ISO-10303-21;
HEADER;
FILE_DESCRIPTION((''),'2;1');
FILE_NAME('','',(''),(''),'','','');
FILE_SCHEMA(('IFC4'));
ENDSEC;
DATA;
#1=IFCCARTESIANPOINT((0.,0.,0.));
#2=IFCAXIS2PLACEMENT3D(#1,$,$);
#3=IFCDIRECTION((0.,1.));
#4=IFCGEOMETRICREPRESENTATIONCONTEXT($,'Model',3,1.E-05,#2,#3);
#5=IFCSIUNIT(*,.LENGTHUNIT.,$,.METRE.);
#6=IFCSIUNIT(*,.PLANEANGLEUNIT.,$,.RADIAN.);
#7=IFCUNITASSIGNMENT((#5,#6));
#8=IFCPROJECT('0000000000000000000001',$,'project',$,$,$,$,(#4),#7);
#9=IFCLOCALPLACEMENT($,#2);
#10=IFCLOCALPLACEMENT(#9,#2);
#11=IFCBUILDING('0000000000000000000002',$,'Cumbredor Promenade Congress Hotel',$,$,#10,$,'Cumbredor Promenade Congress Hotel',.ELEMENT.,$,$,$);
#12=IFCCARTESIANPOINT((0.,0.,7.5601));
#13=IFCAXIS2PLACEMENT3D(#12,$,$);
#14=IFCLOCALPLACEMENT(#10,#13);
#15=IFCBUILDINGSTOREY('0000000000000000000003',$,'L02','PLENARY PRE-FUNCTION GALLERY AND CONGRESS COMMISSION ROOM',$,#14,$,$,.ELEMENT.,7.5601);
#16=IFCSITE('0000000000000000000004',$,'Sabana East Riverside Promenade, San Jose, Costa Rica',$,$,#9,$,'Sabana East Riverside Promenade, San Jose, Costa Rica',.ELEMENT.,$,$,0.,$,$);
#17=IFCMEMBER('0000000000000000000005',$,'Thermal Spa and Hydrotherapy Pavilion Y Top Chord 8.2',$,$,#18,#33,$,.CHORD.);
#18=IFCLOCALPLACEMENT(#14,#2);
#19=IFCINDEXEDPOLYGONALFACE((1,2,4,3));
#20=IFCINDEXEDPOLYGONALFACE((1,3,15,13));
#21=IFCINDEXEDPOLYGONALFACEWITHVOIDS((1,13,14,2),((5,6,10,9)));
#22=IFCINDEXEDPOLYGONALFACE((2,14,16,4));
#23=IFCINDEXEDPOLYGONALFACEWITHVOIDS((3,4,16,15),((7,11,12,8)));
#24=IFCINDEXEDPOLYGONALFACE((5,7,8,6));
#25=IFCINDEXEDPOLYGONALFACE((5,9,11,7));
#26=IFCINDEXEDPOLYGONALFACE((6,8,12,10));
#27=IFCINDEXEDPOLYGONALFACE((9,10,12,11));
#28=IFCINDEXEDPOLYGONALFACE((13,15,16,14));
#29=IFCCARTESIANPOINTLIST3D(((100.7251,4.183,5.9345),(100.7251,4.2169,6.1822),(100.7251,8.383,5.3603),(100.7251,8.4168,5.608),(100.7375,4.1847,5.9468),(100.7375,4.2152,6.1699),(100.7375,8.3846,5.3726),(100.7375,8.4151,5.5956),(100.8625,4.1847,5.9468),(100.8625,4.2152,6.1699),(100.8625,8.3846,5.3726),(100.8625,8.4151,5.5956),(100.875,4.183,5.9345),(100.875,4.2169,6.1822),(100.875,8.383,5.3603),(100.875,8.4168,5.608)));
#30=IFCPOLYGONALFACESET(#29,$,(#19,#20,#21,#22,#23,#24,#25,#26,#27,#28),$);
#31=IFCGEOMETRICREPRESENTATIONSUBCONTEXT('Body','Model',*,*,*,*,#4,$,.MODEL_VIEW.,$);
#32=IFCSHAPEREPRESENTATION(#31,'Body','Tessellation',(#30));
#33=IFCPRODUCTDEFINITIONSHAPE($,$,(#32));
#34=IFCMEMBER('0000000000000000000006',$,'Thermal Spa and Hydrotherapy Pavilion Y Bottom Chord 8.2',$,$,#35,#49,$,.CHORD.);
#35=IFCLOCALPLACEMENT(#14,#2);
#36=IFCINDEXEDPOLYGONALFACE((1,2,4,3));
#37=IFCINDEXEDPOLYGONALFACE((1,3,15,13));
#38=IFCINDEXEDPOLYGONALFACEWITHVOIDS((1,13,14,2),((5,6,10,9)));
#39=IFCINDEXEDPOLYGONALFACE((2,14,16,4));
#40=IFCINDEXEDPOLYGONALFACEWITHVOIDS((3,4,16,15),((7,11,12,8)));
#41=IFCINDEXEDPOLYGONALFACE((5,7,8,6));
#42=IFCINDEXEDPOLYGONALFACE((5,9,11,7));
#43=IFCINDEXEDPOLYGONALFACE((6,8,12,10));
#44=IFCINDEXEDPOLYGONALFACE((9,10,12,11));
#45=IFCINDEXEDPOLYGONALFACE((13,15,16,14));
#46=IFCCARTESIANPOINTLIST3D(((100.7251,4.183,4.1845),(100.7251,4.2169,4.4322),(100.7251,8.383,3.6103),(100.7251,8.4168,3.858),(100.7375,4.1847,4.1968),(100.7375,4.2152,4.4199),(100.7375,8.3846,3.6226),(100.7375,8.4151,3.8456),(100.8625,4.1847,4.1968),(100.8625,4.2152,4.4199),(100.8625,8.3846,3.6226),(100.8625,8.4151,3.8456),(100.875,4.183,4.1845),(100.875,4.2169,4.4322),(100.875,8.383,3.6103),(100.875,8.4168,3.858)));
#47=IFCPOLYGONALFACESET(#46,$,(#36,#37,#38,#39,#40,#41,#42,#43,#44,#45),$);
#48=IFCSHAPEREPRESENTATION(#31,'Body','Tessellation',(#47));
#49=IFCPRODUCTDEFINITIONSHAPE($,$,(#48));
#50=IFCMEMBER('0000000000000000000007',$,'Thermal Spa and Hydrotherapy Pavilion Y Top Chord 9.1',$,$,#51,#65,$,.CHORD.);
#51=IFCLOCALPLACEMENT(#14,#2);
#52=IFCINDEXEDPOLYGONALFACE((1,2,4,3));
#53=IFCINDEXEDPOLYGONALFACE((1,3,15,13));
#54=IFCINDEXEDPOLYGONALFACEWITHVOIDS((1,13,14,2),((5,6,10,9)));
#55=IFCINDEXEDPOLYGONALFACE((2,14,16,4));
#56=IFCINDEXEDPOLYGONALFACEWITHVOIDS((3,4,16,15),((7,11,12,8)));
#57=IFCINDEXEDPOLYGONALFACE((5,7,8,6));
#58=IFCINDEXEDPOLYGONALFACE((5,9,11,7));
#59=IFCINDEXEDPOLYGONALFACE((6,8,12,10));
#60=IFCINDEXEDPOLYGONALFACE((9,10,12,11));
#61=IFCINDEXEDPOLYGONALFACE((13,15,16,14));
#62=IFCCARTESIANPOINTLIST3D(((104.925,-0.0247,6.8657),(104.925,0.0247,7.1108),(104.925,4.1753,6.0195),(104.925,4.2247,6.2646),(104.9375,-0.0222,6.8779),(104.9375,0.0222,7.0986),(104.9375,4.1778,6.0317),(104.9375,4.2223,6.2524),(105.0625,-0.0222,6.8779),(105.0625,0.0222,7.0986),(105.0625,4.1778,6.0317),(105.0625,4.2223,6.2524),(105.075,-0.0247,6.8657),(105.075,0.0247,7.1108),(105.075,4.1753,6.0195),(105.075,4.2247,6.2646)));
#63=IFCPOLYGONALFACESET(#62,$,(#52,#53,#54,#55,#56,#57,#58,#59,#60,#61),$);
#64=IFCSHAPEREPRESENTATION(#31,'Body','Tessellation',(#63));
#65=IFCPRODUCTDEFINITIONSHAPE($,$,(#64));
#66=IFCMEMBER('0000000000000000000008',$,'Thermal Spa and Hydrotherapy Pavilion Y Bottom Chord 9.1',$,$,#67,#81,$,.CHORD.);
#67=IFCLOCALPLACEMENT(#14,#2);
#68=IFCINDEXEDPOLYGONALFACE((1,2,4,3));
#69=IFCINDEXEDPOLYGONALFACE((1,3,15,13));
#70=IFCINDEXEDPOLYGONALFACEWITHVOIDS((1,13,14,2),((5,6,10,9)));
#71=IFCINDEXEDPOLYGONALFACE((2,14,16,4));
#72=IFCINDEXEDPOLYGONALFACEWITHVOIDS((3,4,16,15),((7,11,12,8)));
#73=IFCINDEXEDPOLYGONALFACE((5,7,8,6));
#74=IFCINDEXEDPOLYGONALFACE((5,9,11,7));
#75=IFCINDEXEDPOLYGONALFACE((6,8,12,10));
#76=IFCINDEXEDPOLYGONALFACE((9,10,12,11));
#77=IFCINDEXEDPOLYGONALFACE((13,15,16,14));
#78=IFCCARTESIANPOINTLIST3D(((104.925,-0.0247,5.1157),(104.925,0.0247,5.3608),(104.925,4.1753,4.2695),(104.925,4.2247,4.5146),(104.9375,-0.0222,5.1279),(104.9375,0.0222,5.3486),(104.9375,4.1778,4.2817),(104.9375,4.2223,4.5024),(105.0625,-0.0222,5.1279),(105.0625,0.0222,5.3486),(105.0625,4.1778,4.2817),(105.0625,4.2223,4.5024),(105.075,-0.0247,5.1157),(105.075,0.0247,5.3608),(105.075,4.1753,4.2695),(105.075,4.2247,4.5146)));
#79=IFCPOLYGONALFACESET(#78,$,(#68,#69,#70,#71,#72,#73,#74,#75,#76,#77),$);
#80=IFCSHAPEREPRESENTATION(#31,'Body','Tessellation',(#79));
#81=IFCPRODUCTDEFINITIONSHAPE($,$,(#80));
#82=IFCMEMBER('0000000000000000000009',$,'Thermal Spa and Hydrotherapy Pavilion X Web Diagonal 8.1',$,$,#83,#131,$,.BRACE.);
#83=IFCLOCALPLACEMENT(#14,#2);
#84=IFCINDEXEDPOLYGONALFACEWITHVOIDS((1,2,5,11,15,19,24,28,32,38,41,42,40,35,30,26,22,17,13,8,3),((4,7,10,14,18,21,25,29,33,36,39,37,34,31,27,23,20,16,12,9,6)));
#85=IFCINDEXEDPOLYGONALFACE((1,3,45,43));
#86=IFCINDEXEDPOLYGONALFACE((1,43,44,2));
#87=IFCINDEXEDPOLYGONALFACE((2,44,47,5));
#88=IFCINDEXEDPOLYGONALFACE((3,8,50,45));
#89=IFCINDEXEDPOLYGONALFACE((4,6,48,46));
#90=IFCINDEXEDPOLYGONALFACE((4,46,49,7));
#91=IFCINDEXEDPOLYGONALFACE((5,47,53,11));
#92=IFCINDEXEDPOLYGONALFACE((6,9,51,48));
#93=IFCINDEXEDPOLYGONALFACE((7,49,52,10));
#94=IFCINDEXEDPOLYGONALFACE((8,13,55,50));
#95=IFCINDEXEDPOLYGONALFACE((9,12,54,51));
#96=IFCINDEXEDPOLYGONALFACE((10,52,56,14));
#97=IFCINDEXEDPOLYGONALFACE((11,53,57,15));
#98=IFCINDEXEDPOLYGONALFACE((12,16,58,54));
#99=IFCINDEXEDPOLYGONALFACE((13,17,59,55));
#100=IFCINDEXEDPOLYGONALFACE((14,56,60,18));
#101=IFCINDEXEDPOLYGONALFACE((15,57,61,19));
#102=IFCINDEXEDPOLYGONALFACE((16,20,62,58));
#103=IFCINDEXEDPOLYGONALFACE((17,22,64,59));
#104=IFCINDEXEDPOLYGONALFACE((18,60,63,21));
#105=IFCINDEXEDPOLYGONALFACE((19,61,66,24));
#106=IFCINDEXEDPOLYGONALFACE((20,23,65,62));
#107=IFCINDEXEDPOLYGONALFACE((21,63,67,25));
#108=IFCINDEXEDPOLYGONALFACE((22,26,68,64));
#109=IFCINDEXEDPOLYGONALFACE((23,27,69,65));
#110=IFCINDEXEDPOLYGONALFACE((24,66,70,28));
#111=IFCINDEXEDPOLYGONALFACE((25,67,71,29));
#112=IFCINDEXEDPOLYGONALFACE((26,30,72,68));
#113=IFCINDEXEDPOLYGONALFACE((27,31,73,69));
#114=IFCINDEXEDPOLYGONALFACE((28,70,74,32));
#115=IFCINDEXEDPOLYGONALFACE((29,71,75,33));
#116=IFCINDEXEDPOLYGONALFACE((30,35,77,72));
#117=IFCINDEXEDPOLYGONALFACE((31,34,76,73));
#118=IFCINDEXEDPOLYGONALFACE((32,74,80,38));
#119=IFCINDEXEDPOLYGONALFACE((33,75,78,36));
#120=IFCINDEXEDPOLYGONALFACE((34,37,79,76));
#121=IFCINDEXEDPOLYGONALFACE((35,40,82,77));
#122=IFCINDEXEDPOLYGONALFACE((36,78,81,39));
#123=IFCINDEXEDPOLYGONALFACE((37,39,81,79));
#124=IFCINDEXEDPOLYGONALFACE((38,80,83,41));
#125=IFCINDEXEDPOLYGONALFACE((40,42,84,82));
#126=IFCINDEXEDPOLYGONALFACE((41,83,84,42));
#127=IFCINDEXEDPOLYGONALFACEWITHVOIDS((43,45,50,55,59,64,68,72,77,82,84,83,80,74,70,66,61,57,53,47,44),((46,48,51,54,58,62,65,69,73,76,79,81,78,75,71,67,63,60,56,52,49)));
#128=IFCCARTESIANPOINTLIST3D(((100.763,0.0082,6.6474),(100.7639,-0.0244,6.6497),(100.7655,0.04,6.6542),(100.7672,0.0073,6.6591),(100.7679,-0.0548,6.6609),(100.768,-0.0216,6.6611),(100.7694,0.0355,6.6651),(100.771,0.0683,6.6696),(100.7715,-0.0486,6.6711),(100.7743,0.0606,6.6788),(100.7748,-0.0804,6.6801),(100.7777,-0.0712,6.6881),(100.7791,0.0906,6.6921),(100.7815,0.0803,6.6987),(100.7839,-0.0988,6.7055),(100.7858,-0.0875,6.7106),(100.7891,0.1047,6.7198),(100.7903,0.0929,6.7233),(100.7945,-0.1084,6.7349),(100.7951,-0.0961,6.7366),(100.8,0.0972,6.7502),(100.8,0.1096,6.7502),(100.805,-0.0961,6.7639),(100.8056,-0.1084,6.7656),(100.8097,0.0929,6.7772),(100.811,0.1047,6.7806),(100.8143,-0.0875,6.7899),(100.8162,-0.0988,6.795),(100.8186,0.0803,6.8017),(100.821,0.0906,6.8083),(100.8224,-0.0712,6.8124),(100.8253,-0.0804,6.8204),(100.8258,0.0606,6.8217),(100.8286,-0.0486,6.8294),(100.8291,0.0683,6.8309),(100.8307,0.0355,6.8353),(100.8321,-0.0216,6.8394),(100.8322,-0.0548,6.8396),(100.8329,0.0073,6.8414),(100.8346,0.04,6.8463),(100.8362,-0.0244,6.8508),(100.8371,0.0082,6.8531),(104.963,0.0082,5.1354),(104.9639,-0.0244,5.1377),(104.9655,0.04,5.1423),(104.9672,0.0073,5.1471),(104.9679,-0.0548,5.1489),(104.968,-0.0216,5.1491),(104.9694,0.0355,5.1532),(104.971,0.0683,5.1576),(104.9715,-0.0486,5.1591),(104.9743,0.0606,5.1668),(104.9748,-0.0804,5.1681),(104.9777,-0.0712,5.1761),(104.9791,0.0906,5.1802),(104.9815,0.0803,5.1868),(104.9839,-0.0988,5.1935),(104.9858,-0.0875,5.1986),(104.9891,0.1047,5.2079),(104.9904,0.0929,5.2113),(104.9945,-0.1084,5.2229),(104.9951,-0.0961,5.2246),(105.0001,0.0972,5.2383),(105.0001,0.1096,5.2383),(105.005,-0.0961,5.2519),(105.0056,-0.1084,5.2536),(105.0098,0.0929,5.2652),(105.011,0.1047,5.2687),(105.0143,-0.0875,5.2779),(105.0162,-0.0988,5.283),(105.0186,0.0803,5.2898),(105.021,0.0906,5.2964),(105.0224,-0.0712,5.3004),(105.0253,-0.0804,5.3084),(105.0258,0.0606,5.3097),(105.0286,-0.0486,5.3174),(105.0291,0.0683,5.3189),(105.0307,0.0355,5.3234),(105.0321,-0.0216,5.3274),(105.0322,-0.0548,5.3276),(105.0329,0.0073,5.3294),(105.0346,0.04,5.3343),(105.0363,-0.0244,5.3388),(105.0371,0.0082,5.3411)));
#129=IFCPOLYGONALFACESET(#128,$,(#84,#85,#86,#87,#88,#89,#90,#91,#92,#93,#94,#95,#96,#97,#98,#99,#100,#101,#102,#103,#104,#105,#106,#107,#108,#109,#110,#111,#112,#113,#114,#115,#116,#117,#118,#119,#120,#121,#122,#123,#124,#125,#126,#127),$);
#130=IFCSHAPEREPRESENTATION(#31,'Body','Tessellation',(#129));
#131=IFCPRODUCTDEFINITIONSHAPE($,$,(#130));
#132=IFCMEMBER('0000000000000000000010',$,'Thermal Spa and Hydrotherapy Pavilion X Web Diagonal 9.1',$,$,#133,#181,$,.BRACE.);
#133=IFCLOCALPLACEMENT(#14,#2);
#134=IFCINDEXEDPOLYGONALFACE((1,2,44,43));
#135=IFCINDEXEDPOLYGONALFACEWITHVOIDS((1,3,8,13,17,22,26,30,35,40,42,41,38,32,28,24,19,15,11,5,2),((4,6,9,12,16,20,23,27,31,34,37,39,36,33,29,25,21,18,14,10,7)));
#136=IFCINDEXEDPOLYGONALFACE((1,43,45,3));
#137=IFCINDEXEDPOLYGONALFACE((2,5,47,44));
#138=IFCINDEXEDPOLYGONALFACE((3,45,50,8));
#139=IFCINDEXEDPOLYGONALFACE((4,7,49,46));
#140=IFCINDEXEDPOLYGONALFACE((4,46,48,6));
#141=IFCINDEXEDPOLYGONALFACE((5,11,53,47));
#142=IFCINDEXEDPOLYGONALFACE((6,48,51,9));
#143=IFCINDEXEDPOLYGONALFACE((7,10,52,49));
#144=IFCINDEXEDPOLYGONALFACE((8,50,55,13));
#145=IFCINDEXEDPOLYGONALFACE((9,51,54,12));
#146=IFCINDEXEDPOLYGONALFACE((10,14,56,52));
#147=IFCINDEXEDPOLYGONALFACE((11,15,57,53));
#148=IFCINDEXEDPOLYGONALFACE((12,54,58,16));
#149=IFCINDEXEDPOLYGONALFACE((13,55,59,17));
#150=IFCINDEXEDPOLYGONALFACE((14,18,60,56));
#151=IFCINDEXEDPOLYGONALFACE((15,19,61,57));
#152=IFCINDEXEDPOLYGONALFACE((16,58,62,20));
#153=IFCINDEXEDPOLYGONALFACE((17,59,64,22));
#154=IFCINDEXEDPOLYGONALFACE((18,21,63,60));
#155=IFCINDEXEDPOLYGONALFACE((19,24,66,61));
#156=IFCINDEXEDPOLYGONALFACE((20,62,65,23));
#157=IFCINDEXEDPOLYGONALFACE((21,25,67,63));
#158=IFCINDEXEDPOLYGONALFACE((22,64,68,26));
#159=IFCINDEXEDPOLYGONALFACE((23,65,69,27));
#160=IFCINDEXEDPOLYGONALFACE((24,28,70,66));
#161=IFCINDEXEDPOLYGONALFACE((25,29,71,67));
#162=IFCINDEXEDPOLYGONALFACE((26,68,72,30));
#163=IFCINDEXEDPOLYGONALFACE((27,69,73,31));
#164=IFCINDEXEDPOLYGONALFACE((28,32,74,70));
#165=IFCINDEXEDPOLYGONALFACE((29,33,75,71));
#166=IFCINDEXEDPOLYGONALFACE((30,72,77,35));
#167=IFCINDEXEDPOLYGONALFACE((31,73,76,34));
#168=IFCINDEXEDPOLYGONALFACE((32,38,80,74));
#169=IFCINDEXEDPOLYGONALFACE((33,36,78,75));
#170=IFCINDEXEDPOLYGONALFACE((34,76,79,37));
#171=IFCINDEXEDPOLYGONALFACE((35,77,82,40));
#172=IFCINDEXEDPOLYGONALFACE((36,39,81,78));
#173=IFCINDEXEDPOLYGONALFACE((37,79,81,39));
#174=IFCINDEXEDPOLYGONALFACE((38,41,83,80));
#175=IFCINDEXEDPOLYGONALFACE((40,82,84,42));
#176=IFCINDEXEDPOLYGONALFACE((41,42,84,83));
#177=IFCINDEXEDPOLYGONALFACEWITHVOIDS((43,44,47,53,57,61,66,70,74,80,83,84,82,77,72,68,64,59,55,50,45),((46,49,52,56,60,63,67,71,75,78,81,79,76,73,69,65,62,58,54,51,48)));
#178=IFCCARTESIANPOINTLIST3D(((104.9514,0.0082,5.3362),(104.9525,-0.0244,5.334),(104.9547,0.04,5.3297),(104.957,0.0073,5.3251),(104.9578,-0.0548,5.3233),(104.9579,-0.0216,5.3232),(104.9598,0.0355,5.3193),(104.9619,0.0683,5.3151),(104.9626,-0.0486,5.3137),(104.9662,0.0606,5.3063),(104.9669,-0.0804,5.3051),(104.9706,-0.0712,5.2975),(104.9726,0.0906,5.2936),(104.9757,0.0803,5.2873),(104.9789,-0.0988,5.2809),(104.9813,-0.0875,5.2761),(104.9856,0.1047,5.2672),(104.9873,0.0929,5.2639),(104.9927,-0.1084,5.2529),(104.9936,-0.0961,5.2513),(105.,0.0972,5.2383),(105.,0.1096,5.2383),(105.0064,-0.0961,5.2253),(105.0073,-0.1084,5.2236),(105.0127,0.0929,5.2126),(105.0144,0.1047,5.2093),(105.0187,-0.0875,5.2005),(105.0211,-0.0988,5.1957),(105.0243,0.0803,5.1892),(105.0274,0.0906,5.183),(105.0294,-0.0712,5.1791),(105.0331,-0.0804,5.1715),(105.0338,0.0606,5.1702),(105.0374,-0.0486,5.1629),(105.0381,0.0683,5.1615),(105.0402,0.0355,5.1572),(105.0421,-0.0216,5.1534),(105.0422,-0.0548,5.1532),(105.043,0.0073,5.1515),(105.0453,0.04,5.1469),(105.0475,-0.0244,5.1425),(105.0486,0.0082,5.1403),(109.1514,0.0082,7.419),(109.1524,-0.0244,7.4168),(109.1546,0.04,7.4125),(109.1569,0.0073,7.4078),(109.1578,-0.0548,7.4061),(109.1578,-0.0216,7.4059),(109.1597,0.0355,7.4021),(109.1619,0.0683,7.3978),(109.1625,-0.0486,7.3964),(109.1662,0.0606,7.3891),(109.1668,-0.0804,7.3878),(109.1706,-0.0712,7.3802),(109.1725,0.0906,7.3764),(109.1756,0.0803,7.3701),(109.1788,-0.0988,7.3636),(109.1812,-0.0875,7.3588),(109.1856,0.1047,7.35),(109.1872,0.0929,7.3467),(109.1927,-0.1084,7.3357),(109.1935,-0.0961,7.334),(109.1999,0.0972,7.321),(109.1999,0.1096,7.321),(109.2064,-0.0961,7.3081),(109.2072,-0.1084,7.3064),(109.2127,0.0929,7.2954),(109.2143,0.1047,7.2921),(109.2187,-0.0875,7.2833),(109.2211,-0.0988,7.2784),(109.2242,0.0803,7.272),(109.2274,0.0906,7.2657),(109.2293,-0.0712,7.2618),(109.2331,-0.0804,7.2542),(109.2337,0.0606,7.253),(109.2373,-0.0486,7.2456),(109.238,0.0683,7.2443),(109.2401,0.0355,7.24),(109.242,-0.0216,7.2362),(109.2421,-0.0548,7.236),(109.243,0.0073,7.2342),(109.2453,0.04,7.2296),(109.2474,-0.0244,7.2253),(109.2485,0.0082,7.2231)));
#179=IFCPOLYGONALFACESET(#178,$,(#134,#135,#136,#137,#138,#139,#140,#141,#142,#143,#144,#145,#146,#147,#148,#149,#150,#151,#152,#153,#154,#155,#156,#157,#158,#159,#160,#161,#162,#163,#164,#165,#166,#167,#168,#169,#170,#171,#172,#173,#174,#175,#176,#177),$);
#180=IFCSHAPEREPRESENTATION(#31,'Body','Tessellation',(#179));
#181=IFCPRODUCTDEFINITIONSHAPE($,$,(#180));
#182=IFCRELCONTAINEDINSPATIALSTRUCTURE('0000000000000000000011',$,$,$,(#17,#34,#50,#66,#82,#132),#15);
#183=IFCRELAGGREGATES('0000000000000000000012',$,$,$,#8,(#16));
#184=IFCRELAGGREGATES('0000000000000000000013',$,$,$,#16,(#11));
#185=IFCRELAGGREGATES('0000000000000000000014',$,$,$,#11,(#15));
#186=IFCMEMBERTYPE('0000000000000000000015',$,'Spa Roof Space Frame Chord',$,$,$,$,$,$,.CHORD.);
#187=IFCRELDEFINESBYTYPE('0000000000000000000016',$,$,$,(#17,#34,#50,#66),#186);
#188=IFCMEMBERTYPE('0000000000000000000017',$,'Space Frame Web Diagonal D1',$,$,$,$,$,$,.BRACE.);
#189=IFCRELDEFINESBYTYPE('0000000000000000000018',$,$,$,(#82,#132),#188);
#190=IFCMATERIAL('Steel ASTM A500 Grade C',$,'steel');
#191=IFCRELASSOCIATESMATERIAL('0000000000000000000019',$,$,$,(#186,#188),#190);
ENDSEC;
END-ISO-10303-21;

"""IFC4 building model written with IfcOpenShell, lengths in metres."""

from ifc_helpers import new_model, si_unit, direction, frame, origin, origin_2d, place, context, subcontext, project, spatial, hollow_rectangle, hollow_circle, extrude, material, material_profile, profile_set, type_object, element, save


model = new_model("IFC4")

# Units and contexts
model_context = context("Model", 3, precision=1e-05, world=origin(), true_north=direction((0.0, 1.0)))
body_context = subcontext(model_context, "Body", "Model", "MODEL_VIEW")
ifc_project = project(units=[si_unit("LENGTHUNIT", "METRE"), si_unit("PLANEANGLEUNIT", "RADIAN")], contexts=[model_context])

# Site, building, storey
site_placement = place(None, origin())
site = spatial("IfcSite", under=ifc_project, at=site_placement, Name="Sabana East Riverside Promenade, San Jose, Costa Rica", LongName="Sabana East Riverside Promenade, San Jose, Costa Rica", CompositionType="ELEMENT", RefElevation=0.0)
building_placement = place(site_placement, origin())
building = spatial("IfcBuilding", under=site, at=building_placement, Name="Cumbredor Promenade Congress Hotel", LongName="Cumbredor Promenade Congress Hotel", CompositionType="ELEMENT")
storey_placement = place(building_placement, frame((0.0, 0.0, 7.5601)))
storey = spatial("IfcBuildingStorey", under=building, at=storey_placement, Name="L02", Description="PLENARY PRE-FUNCTION GALLERY AND CONGRESS COMMISSION ROOM", CompositionType="ELEMENT", Elevation=7.5601)

# Members
ifc_material_1 = material(Name="Steel ASTM A500 Grade C", Category="steel")
ifc_material_profile_1 = material_profile(ifc_material_1, hollow_rectangle(XDim=0.1499, YDim=0.25, WallThickness=0.0125, at=origin_2d()), Name="HSS 250x150x12.5")
ifc_profile_set_1 = profile_set([ifc_material_profile_1], Name="Steel ASTM A500 Grade C")
member_type_1 = type_object("IfcMemberType", Name="Spa Roof Space Frame Chord", PredefinedType="CHORD", material=ifc_profile_set_1)
for number, where, z_axis, x_axis, name in (
    (1, (100.8, 4.2, 6.0583), (0.0, 0.990783, -0.13546), (-1.0, 0.0, 0.0), "Thermal Spa and Hydrotherapy Pavilion Y Top Chord 8.2"),
    (2, (100.8, 4.2, 4.3083), (0.0, 0.990783, -0.13546), (-1.0, 0.0, 0.0), "Thermal Spa and Hydrotherapy Pavilion Y Bottom Chord 8.2"),
):
    element("IfcMember", number, at=place(storey_placement, frame(where, z_axis=z_axis, x_axis=x_axis)), inside=storey, type_object=member_type_1, Name=name, PredefinedType="CHORD", context=body_context, shape_type="SweptSolid", body=[
        extrude(hollow_rectangle(XDim=0.1499, YDim=0.25, WallThickness=0.0125, at=origin_2d()), origin(), (0.0, 0.0, 1.0), 4.239),
    ])
for number, where, z_axis, x_axis, name in (
    (3, (105.0, 0.0, 6.9883), (0.0, 0.980301, -0.197508), (-1.0, 0.0, 0.0), "Thermal Spa and Hydrotherapy Pavilion Y Top Chord 9.1"),
    (4, (105.0, 0.0, 5.2383), (0.0, 0.980301, -0.197508), (-1.0, 0.0, 0.0), "Thermal Spa and Hydrotherapy Pavilion Y Bottom Chord 9.1"),
):
    element("IfcMember", number, at=place(storey_placement, frame(where, z_axis=z_axis, x_axis=x_axis)), inside=storey, type_object=member_type_1, Name=name, PredefinedType="CHORD", context=body_context, shape_type="SweptSolid", body=[
        extrude(hollow_rectangle(XDim=0.1499, YDim=0.25, WallThickness=0.0125, at=origin_2d()), origin(), (0.0, 0.0, 1.0), 4.2844),
    ])
ifc_material_profile_2 = material_profile(ifc_material_1, hollow_circle(Radius=0.1096, WallThickness=0.0125, at=origin_2d()), Name="CHS 219.1x12.5")
ifc_profile_set_2 = profile_set([ifc_material_profile_2], Name="Steel ASTM A500 Grade C")
member_type_2 = type_object("IfcMemberType", Name="Space Frame Web Diagonal D1", PredefinedType="BRACE", material=ifc_profile_set_2)
member_1_placement = place(storey_placement, frame((100.8, 0.0, 6.7502), z_axis=(0.940889, 0.0, -0.338716), x_axis=(0.0, 1.0, 0.0)))
element("IfcMember", 5, at=member_1_placement, inside=storey, type_object=member_type_2, Name="Thermal Spa and Hydrotherapy Pavilion X Web Diagonal 8.1", PredefinedType="BRACE", context=body_context, shape_type="SweptSolid", body=[
    extrude(hollow_circle(Radius=0.1096, WallThickness=0.0125, at=origin_2d()), origin(), (0.0, 0.0, 1.0), 4.4639),
])
member_2_placement = place(storey_placement, frame((105.0, 0.0, 5.2383), z_axis=(0.895891, 0.0, 0.444274), x_axis=(0.0, 1.0, 0.0)))
element("IfcMember", 6, at=member_2_placement, inside=storey, type_object=member_type_2, Name="Thermal Spa and Hydrotherapy Pavilion X Web Diagonal 9.1", PredefinedType="BRACE", context=body_context, shape_type="SweptSolid", body=[
    extrude(hollow_circle(Radius=0.1096, WallThickness=0.0125, at=origin_2d()), origin(), (0.0, 0.0, 1.0), 4.688),
])

save(model, "model.ifc")
